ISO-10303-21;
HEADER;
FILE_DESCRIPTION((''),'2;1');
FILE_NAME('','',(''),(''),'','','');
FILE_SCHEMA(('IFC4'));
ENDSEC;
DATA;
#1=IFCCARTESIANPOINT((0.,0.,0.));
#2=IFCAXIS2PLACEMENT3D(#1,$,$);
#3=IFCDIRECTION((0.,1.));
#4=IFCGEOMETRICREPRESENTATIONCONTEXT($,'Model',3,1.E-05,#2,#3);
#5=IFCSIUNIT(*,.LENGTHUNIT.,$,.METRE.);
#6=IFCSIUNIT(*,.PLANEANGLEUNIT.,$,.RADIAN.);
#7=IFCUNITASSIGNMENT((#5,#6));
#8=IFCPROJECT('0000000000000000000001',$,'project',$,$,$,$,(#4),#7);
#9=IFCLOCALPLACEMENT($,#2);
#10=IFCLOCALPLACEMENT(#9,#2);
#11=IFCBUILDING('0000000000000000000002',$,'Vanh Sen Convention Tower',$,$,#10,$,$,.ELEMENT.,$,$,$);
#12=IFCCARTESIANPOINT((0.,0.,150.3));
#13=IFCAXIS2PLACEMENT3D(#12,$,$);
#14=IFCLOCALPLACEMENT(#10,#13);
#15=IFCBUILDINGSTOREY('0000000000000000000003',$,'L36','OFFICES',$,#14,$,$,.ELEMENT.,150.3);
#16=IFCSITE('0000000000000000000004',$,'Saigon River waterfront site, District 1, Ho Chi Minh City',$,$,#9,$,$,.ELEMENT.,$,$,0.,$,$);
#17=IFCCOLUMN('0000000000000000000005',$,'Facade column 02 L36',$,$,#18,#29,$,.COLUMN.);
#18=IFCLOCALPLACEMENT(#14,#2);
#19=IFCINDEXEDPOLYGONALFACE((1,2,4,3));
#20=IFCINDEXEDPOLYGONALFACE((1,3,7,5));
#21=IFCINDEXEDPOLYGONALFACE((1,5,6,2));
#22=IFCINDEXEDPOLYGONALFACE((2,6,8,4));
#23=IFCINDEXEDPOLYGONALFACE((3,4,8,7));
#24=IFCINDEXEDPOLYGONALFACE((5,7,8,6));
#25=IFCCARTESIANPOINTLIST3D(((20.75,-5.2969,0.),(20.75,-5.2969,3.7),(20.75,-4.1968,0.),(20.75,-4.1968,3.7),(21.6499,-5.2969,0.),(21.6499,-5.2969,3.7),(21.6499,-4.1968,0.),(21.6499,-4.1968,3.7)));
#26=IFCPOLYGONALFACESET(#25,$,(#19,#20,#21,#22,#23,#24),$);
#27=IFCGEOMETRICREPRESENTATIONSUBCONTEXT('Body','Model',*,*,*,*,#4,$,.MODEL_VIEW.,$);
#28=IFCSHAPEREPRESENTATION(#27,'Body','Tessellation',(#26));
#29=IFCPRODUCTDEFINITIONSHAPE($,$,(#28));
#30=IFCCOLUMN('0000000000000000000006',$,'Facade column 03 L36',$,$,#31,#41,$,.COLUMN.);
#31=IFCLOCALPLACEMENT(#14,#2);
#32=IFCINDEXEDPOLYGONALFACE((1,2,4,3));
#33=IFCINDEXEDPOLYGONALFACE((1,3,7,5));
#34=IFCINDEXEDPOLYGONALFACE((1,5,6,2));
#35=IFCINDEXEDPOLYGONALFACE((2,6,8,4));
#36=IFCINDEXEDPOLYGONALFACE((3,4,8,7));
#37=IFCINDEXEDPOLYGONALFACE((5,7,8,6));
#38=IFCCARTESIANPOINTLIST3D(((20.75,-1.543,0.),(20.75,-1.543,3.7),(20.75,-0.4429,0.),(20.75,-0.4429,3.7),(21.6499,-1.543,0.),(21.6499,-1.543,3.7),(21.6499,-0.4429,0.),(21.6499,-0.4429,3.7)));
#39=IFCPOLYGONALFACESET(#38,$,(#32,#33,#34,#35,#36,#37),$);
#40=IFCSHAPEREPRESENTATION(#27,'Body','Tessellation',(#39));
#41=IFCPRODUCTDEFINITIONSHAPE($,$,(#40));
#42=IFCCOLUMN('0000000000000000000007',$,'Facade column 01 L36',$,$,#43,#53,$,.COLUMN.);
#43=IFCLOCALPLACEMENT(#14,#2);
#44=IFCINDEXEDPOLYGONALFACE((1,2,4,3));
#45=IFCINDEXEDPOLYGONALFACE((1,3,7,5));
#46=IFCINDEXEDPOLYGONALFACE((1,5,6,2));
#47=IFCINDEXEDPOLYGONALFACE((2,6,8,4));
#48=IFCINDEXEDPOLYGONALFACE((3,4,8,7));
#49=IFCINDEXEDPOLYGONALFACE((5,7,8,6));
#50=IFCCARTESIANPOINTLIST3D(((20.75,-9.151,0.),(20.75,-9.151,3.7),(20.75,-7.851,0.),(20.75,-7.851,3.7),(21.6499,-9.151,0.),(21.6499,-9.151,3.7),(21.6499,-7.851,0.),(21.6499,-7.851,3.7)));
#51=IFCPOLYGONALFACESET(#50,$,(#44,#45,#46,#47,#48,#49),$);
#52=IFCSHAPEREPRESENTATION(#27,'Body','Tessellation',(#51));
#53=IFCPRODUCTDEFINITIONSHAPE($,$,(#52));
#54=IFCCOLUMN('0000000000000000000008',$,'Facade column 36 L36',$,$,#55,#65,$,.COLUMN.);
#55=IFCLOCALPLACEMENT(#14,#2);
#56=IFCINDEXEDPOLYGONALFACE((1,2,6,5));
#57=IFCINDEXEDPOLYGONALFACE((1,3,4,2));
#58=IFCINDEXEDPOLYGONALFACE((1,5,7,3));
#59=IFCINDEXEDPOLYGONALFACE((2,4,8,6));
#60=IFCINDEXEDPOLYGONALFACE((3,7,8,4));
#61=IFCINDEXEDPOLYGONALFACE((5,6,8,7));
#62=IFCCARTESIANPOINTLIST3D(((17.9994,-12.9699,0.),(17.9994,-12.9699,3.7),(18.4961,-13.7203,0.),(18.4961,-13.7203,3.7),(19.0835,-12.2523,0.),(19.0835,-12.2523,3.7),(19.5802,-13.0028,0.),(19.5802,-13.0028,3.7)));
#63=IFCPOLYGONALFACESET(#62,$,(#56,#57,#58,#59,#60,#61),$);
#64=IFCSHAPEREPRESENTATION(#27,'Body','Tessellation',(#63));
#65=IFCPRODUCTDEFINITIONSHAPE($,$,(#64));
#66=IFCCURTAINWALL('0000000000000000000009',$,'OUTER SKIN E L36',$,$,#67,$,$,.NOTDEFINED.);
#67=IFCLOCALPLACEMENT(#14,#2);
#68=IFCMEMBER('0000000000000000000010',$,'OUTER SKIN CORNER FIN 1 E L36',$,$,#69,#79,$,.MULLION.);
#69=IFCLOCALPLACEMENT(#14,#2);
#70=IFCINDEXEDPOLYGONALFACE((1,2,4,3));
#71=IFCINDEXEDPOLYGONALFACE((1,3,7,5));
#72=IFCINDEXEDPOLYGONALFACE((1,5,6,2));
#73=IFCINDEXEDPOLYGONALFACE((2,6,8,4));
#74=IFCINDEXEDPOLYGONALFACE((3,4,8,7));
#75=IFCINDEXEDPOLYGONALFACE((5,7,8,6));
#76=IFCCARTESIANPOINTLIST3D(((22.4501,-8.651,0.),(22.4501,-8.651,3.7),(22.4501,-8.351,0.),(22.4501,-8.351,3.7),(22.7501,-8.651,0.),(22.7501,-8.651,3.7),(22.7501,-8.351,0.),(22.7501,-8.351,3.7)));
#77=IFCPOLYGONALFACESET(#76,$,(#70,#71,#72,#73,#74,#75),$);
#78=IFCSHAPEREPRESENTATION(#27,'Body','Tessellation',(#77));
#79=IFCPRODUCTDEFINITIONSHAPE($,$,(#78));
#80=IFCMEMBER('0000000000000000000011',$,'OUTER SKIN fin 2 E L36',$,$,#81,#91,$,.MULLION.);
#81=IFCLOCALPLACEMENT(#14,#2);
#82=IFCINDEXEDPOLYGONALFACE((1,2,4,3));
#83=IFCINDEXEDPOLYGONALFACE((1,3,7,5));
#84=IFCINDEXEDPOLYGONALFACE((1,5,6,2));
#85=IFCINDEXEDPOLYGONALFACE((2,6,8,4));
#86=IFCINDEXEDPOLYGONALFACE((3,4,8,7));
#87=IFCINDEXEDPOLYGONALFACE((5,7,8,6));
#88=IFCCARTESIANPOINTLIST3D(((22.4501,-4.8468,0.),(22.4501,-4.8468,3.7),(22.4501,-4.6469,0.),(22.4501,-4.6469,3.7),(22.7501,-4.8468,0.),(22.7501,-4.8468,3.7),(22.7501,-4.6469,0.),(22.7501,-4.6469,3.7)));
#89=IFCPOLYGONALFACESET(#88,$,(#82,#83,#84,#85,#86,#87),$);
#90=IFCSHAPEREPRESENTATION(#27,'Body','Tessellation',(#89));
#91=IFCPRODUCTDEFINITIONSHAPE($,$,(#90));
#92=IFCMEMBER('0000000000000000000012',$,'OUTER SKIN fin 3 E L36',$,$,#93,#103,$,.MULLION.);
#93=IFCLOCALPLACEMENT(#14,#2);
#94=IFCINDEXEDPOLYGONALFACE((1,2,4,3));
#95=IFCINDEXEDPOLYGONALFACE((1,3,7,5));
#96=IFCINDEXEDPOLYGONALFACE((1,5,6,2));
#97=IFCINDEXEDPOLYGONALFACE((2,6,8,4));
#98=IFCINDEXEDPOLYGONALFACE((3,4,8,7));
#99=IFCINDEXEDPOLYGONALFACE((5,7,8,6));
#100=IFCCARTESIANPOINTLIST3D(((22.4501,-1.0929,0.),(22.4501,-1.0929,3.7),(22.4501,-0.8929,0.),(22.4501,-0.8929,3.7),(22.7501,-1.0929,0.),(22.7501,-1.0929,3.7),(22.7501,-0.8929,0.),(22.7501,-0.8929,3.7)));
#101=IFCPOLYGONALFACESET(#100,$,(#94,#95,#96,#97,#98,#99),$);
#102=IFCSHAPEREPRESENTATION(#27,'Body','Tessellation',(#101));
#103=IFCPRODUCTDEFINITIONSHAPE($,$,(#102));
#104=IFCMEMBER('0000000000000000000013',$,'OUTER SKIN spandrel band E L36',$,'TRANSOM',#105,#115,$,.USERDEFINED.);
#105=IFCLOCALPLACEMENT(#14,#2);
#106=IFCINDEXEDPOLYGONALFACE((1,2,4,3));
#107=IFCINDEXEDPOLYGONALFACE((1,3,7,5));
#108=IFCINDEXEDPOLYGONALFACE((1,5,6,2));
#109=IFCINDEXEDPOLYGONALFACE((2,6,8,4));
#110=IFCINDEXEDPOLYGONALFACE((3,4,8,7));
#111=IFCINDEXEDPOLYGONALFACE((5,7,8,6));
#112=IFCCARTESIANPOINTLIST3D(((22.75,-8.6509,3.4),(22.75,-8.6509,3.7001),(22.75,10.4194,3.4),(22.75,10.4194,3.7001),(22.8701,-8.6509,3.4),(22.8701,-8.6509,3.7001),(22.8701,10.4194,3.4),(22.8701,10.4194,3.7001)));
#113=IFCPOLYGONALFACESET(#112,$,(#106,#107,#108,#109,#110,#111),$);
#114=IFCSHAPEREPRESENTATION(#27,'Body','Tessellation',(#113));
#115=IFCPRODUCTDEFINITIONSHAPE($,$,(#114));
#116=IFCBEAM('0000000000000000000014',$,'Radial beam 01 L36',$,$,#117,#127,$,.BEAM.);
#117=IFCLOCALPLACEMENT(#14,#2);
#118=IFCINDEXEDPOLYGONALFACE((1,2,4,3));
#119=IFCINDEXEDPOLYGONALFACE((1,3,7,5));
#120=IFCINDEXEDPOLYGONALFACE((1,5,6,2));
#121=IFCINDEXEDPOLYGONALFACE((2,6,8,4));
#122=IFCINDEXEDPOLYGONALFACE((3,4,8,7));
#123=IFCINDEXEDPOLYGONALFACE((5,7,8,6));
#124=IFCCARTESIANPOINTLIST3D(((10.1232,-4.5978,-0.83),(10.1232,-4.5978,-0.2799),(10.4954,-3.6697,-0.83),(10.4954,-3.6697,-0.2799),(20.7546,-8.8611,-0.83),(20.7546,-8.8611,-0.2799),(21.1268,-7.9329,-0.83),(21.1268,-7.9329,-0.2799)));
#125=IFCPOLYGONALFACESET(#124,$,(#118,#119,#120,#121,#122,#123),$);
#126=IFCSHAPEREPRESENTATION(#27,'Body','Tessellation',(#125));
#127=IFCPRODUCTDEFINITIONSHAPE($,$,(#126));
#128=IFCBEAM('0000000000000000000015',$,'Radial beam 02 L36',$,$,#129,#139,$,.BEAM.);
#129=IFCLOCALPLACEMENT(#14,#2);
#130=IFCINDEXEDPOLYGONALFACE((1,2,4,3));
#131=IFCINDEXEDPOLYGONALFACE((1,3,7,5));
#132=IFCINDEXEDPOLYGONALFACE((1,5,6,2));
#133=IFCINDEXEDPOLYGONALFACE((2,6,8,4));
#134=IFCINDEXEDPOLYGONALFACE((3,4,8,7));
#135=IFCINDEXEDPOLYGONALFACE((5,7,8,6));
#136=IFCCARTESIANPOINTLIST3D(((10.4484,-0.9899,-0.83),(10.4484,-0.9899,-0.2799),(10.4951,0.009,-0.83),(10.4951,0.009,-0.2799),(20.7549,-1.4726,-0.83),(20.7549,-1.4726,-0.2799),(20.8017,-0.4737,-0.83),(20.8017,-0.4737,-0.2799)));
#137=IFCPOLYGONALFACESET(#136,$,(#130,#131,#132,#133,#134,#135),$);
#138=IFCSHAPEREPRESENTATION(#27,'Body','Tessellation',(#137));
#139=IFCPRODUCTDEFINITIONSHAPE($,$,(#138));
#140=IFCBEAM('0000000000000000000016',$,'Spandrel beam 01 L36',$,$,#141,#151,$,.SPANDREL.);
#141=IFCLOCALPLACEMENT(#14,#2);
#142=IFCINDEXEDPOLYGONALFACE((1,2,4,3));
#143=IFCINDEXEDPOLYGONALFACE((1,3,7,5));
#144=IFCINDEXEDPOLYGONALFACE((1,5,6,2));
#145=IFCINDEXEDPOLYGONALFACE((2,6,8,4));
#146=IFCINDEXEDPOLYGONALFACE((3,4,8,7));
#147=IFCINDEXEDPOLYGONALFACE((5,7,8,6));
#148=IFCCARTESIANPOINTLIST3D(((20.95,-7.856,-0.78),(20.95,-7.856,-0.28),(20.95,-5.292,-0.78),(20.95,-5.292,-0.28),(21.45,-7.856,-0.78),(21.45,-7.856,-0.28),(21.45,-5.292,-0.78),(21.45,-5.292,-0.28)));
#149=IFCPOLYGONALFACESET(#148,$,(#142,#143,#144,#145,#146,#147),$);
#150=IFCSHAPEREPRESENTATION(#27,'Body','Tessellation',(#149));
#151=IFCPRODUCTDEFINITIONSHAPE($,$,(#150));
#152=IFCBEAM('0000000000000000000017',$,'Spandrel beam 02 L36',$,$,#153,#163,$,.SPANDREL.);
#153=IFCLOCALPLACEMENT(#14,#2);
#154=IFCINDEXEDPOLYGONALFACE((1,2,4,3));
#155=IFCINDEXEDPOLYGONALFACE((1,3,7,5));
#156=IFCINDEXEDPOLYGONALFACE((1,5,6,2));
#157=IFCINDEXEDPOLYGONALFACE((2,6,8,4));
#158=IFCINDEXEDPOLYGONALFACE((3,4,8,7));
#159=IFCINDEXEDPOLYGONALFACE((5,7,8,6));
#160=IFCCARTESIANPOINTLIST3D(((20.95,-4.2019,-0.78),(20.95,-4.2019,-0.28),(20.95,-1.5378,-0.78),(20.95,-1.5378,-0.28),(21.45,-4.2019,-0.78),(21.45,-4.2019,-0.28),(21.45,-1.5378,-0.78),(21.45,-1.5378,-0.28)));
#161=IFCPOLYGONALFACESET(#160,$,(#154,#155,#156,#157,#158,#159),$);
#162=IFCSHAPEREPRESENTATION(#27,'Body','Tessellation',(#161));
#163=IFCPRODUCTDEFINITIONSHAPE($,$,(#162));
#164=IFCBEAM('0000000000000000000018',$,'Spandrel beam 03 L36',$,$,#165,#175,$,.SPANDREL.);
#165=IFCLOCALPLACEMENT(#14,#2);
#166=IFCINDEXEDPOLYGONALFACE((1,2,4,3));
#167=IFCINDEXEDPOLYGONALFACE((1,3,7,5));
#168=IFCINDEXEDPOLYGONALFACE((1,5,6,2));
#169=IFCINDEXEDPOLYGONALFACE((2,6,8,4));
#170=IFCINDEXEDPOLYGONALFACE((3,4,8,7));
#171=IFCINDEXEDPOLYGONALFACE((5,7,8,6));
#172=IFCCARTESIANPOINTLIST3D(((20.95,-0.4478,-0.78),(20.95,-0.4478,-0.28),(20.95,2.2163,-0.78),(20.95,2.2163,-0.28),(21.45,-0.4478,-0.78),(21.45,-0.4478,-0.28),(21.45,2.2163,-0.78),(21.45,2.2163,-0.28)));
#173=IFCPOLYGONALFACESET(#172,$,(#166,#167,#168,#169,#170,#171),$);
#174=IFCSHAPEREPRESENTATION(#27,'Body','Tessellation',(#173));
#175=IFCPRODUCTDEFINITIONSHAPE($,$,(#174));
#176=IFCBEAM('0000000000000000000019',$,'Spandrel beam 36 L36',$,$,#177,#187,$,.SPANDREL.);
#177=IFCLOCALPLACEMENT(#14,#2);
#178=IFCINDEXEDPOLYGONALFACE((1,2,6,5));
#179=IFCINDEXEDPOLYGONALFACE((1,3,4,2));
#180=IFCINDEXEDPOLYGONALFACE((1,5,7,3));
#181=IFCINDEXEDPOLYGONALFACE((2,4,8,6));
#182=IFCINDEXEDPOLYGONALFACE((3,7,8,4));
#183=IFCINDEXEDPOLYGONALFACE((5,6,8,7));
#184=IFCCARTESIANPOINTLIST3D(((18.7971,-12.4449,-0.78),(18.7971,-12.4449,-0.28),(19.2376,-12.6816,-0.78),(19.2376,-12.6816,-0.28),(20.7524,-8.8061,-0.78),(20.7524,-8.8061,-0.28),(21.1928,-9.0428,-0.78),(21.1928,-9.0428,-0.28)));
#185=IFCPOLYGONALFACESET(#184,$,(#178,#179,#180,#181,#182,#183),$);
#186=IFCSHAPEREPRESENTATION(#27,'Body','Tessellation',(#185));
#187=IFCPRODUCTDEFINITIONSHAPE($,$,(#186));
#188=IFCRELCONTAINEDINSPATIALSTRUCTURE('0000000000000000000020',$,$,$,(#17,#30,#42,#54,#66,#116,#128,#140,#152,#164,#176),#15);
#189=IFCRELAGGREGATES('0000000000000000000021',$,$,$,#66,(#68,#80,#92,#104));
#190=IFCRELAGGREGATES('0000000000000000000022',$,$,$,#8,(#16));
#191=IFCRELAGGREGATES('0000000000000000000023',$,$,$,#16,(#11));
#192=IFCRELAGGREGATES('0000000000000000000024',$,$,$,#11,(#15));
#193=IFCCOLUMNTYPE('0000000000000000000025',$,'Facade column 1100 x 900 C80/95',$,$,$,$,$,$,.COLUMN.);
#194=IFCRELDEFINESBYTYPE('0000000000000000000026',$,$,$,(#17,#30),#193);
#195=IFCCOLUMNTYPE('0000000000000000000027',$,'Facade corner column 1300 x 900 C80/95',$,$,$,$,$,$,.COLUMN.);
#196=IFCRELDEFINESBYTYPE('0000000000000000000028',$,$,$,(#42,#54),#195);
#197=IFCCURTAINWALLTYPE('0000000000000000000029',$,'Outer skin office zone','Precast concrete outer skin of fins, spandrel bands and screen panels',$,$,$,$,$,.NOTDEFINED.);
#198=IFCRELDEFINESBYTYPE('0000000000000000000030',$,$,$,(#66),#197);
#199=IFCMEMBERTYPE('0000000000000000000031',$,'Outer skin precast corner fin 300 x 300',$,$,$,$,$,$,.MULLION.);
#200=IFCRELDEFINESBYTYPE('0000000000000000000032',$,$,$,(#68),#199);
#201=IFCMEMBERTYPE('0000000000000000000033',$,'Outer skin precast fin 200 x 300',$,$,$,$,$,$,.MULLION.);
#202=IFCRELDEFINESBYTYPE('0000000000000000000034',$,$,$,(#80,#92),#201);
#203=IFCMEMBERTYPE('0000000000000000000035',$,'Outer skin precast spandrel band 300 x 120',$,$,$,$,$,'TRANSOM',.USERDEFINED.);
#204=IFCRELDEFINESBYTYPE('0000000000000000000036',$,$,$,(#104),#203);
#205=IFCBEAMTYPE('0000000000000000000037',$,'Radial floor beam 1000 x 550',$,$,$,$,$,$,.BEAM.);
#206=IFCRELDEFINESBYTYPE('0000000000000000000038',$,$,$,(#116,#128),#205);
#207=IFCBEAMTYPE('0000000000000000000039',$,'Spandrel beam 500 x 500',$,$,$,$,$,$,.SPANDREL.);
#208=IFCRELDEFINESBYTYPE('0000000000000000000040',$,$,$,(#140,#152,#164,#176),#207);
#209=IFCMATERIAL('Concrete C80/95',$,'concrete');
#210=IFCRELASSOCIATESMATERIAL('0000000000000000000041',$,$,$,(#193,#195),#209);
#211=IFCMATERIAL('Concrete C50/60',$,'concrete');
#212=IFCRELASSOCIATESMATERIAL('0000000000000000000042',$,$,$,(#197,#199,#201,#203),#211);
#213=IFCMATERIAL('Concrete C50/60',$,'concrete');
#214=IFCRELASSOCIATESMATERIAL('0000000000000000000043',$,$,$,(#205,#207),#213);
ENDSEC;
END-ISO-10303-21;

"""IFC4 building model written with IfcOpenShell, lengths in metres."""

from ifc_helpers import new_model, si_unit, direction, frame, origin, origin_2d, place, context, subcontext, project, spatial, rectangle, extrude, material, material_profile, profile_set, type_object, element, aggregate, save


model = new_model("IFC4")

# Units and contexts
model_context = context("Model", 3, precision=1e-05, world=origin(), true_north=direction((0.0, 1.0)))
body_context = subcontext(model_context, "Body", "Model", "MODEL_VIEW")
ifc_project = project(units=[si_unit("LENGTHUNIT", "METRE"), si_unit("PLANEANGLEUNIT", "RADIAN")], contexts=[model_context])

# Site, building, storey
site_placement = place(None, origin())
site = spatial("IfcSite", under=ifc_project, at=site_placement, Name="Saigon River waterfront site, District 1, Ho Chi Minh City", CompositionType="ELEMENT", RefElevation=0.0)
building_placement = place(site_placement, origin())
building = spatial("IfcBuilding", under=site, at=building_placement, Name="Vanh Sen Convention Tower", CompositionType="ELEMENT")
storey_placement = place(building_placement, frame((0.0, 0.0, 150.3)))
storey = spatial("IfcBuildingStorey", under=building, at=storey_placement, Name="L36", Description="OFFICES", CompositionType="ELEMENT", Elevation=150.3)

# Columns
ifc_material_1 = material(Name="Concrete C80/95", Category="concrete")
ifc_material_profile_1 = material_profile(ifc_material_1, rectangle(XDim=1.1001, YDim=0.8999, at=origin_2d()), Name="RC 1100X900")
ifc_profile_set_1 = profile_set([ifc_material_profile_1], Name="Concrete C80/95")
column_type_1 = type_object("IfcColumnType", Name="Facade column 1100 x 900 C80/95", PredefinedType="COLUMN", material=ifc_profile_set_1)
for number, where, z_axis, x_axis, name in (
    (1, (21.2, -4.7468, 0.0), (0.0, 0.0, 1.0), (0.0, 1.0, 0.0), "Facade column 02 L36"),
    (2, (21.2, -0.9929, 0.0), (0.0, 0.0, 1.0), (0.0, 1.0, 0.0), "Facade column 03 L36"),
):
    element("IfcColumn", number, at=place(storey_placement, frame(where, z_axis=z_axis, x_axis=x_axis)), inside=storey, type_object=column_type_1, Name=name, PredefinedType="COLUMN", context=body_context, shape_type="SweptSolid", body=[
        extrude(rectangle(XDim=1.1001, YDim=0.8999, at=origin_2d()), origin(), (0.0, 0.0, 1.0), 3.7),
    ])
ifc_material_profile_2 = material_profile(ifc_material_1, rectangle(XDim=1.3, YDim=0.8999, at=origin_2d()), Name="RC 1300X900")
ifc_profile_set_2 = profile_set([ifc_material_profile_2], Name="Concrete C80/95")
column_type_2 = type_object("IfcColumnType", Name="Facade corner column 1300 x 900 C80/95", PredefinedType="COLUMN", material=ifc_profile_set_2)
for number, where, z_axis, x_axis, name in (
    (3, (21.2, -8.501, 0.0), (0.0, 0.0, 1.0), (0.0, 1.0, 0.0), "Facade column 01 L36"),
    (4, (18.7898, -12.9863, 0.0), (0.0, 0.0, 1.0), (0.833886, 0.551937, 0.0), "Facade column 36 L36"),
):
    element("IfcColumn", number, at=place(storey_placement, frame(where, z_axis=z_axis, x_axis=x_axis)), inside=storey, type_object=column_type_2, Name=name, PredefinedType="COLUMN", context=body_context, shape_type="SweptSolid", body=[
        extrude(rectangle(XDim=1.3, YDim=0.8999, at=origin_2d()), origin(), (0.0, 0.0, 1.0), 3.7),
    ])

# Curtain wall, members
ifc_material_2 = material(Name="Concrete C50/60", Category="concrete")
curtain_wall_type = type_object("IfcCurtainWallType", Name="Outer skin office zone", Description="Precast concrete outer skin of fins, spandrel bands and screen panels", PredefinedType="NOTDEFINED", material=ifc_material_2)
curtain_wall_1_placement = place(storey_placement, origin())
curtain_wall_1 = element("IfcCurtainWall", 5, at=curtain_wall_1_placement, inside=storey, type_object=curtain_wall_type, Name="OUTER SKIN E L36", PredefinedType="NOTDEFINED")
ifc_material_profile_3 = material_profile(ifc_material_2, rectangle(XDim=0.3, YDim=0.3, at=origin_2d()), Name="Outer skin precast corner fin 300 x 300")
ifc_profile_set_3 = profile_set([ifc_material_profile_3], Name="Concrete C50/60")
member_type_1 = type_object("IfcMemberType", Name="Outer skin precast corner fin 300 x 300", PredefinedType="MULLION", material=ifc_profile_set_3)
member_1_placement = place(storey_placement, frame((22.6001, -8.501, 0.0), z_axis=(0.0, 0.0, 1.0), x_axis=(0.0, 1.0, 0.0)))
member_1 = element("IfcMember", 6, at=member_1_placement, type_object=member_type_1, Name="OUTER SKIN CORNER FIN 1 E L36", PredefinedType="MULLION", context=body_context, shape_type="SweptSolid", body=[
    extrude(rectangle(XDim=0.3, YDim=0.3, at=origin_2d()), origin(), (0.0, 0.0, 1.0), 3.7),
])
ifc_material_profile_4 = material_profile(ifc_material_2, rectangle(XDim=0.2, YDim=0.3, at=origin_2d()), Name="Outer skin precast fin 200 x 300")
ifc_profile_set_4 = profile_set([ifc_material_profile_4], Name="Concrete C50/60")
member_type_2 = type_object("IfcMemberType", Name="Outer skin precast fin 200 x 300", PredefinedType="MULLION", material=ifc_profile_set_4)
member_2_placement = place(storey_placement, frame((22.6001, -4.7468, 0.0), z_axis=(0.0, 0.0, 1.0), x_axis=(0.0, 1.0, 0.0)))
member_2 = element("IfcMember", 7, at=member_2_placement, type_object=member_type_2, Name="OUTER SKIN fin 2 E L36", PredefinedType="MULLION", context=body_context, shape_type="SweptSolid", body=[
    extrude(rectangle(XDim=0.2, YDim=0.3, at=origin_2d()), origin(), (0.0, 0.0, 1.0), 3.7),
])
member_3_placement = place(storey_placement, frame((22.6001, -0.9929, 0.0), z_axis=(0.0, 0.0, 1.0), x_axis=(0.0, 1.0, 0.0)))
member_3 = element("IfcMember", 8, at=member_3_placement, type_object=member_type_2, Name="OUTER SKIN fin 3 E L36", PredefinedType="MULLION", context=body_context, shape_type="SweptSolid", body=[
    extrude(rectangle(XDim=0.2, YDim=0.3, at=origin_2d()), origin(), (0.0, 0.0, 1.0), 3.7),
])
ifc_material_profile_5 = material_profile(ifc_material_2, rectangle(XDim=0.1201, YDim=0.3, at=origin_2d()), Name="Outer skin precast spandrel band 300 x 120")
ifc_profile_set_5 = profile_set([ifc_material_profile_5], Name="Concrete C50/60")
member_type_3 = type_object("IfcMemberType", Name="Outer skin precast spandrel band 300 x 120", ElementType="TRANSOM", PredefinedType="USERDEFINED", material=ifc_profile_set_5)
member_4_placement = place(storey_placement, frame((22.8101, -8.6509, 3.55), z_axis=(0.0, 1.0, 0.0), x_axis=(-1.0, 0.0, 0.0)))
member_4 = element("IfcMember", 9, at=member_4_placement, type_object=member_type_3, Name="OUTER SKIN spandrel band E L36", ObjectType="TRANSOM", PredefinedType="USERDEFINED", context=body_context, shape_type="SweptSolid", body=[
    extrude(rectangle(XDim=0.1201, YDim=0.3, at=origin_2d()), origin(), (0.0, 0.0, 1.0), 19.0703),
])

# Beams
ifc_material_3 = material(Name="Concrete C50/60", Category="concrete")
ifc_material_profile_6 = material_profile(ifc_material_3, rectangle(XDim=1.0, YDim=0.55, at=origin_2d()), Name="RC 1000X550")
ifc_profile_set_6 = profile_set([ifc_material_profile_6], Name="Concrete C50/60")
beam_type_1 = type_object("IfcBeamType", Name="Radial floor beam 1000 x 550", PredefinedType="BEAM", material=ifc_profile_set_6)
beam_1_placement = place(storey_placement, frame((20.9407, -8.397, -0.5549), z_axis=(-0.928156, 0.372192, 0.0), x_axis=(-0.372192, -0.928156, 0.0)))
element("IfcBeam", 10, at=beam_1_placement, inside=storey, type_object=beam_type_1, Name="Radial beam 01 L36", PredefinedType="BEAM", context=body_context, shape_type="SweptSolid", body=[
    extrude(rectangle(XDim=1.0, YDim=0.55, at=origin_2d()), origin(), (0.0, 0.0, 1.0), 11.4543),
])
beam_2_placement = place(storey_placement, frame((20.7783, -0.9731, -0.5549), z_axis=(-0.998905, 0.046779, 0.0), x_axis=(-0.046779, -0.998905, 0.0)))
element("IfcBeam", 11, at=beam_2_placement, inside=storey, type_object=beam_type_1, Name="Radial beam 02 L36", PredefinedType="BEAM", context=body_context, shape_type="SweptSolid", body=[
    extrude(rectangle(XDim=1.0, YDim=0.55, at=origin_2d()), origin(), (0.0, 0.0, 1.0), 10.3179),
])
ifc_material_profile_7 = material_profile(ifc_material_3, rectangle(XDim=0.5, YDim=0.5, at=origin_2d()), Name="RC 500X500")
ifc_profile_set_7 = profile_set([ifc_material_profile_7], Name="Concrete C50/60")
beam_type_2 = type_object("IfcBeamType", Name="Spandrel beam 500 x 500", PredefinedType="SPANDREL", material=ifc_profile_set_7)
beam_3_placement = place(storey_placement, frame((21.2, -7.856, -0.53), z_axis=(0.0, 1.0, 0.0), x_axis=(-1.0, 0.0, 0.0)))
element("IfcBeam", 12, at=beam_3_placement, inside=storey, type_object=beam_type_2, Name="Spandrel beam 01 L36", PredefinedType="SPANDREL", context=body_context, shape_type="SweptSolid", body=[
    extrude(rectangle(XDim=0.5, YDim=0.5, at=origin_2d()), origin(), (0.0, 0.0, 1.0), 2.564),
])
for number, where, z_axis, x_axis, name in (
    (13, (21.2, -4.2019, -0.53), (0.0, 1.0, 0.0), (-1.0, 0.0, 0.0), "Spandrel beam 02 L36"),
    (14, (21.2, -0.4478, -0.53), (0.0, 1.0, 0.0), (-1.0, 0.0, 0.0), "Spandrel beam 03 L36"),
):
    element("IfcBeam", number, at=place(storey_placement, frame(where, z_axis=z_axis, x_axis=x_axis)), inside=storey, type_object=beam_type_2, Name=name, PredefinedType="SPANDREL", context=body_context, shape_type="SweptSolid", body=[
        extrude(rectangle(XDim=0.5, YDim=0.5, at=origin_2d()), origin(), (0.0, 0.0, 1.0), 2.6641),
    ])
beam_4_placement = place(storey_placement, frame((19.0173, -12.5632, -0.53), z_axis=(0.473331, 0.880884, 0.0), x_axis=(-0.880884, 0.473331, 0.0)))
element("IfcBeam", 15, at=beam_4_placement, inside=storey, type_object=beam_type_2, Name="Spandrel beam 36 L36", PredefinedType="SPANDREL", context=body_context, shape_type="SweptSolid", body=[
    extrude(rectangle(XDim=0.5, YDim=0.5, at=origin_2d()), origin(), (0.0, 0.0, 1.0), 4.1309),
])

aggregate(curtain_wall_1, [member_1, member_2, member_3, member_4])

save(model, "model.ifc")
